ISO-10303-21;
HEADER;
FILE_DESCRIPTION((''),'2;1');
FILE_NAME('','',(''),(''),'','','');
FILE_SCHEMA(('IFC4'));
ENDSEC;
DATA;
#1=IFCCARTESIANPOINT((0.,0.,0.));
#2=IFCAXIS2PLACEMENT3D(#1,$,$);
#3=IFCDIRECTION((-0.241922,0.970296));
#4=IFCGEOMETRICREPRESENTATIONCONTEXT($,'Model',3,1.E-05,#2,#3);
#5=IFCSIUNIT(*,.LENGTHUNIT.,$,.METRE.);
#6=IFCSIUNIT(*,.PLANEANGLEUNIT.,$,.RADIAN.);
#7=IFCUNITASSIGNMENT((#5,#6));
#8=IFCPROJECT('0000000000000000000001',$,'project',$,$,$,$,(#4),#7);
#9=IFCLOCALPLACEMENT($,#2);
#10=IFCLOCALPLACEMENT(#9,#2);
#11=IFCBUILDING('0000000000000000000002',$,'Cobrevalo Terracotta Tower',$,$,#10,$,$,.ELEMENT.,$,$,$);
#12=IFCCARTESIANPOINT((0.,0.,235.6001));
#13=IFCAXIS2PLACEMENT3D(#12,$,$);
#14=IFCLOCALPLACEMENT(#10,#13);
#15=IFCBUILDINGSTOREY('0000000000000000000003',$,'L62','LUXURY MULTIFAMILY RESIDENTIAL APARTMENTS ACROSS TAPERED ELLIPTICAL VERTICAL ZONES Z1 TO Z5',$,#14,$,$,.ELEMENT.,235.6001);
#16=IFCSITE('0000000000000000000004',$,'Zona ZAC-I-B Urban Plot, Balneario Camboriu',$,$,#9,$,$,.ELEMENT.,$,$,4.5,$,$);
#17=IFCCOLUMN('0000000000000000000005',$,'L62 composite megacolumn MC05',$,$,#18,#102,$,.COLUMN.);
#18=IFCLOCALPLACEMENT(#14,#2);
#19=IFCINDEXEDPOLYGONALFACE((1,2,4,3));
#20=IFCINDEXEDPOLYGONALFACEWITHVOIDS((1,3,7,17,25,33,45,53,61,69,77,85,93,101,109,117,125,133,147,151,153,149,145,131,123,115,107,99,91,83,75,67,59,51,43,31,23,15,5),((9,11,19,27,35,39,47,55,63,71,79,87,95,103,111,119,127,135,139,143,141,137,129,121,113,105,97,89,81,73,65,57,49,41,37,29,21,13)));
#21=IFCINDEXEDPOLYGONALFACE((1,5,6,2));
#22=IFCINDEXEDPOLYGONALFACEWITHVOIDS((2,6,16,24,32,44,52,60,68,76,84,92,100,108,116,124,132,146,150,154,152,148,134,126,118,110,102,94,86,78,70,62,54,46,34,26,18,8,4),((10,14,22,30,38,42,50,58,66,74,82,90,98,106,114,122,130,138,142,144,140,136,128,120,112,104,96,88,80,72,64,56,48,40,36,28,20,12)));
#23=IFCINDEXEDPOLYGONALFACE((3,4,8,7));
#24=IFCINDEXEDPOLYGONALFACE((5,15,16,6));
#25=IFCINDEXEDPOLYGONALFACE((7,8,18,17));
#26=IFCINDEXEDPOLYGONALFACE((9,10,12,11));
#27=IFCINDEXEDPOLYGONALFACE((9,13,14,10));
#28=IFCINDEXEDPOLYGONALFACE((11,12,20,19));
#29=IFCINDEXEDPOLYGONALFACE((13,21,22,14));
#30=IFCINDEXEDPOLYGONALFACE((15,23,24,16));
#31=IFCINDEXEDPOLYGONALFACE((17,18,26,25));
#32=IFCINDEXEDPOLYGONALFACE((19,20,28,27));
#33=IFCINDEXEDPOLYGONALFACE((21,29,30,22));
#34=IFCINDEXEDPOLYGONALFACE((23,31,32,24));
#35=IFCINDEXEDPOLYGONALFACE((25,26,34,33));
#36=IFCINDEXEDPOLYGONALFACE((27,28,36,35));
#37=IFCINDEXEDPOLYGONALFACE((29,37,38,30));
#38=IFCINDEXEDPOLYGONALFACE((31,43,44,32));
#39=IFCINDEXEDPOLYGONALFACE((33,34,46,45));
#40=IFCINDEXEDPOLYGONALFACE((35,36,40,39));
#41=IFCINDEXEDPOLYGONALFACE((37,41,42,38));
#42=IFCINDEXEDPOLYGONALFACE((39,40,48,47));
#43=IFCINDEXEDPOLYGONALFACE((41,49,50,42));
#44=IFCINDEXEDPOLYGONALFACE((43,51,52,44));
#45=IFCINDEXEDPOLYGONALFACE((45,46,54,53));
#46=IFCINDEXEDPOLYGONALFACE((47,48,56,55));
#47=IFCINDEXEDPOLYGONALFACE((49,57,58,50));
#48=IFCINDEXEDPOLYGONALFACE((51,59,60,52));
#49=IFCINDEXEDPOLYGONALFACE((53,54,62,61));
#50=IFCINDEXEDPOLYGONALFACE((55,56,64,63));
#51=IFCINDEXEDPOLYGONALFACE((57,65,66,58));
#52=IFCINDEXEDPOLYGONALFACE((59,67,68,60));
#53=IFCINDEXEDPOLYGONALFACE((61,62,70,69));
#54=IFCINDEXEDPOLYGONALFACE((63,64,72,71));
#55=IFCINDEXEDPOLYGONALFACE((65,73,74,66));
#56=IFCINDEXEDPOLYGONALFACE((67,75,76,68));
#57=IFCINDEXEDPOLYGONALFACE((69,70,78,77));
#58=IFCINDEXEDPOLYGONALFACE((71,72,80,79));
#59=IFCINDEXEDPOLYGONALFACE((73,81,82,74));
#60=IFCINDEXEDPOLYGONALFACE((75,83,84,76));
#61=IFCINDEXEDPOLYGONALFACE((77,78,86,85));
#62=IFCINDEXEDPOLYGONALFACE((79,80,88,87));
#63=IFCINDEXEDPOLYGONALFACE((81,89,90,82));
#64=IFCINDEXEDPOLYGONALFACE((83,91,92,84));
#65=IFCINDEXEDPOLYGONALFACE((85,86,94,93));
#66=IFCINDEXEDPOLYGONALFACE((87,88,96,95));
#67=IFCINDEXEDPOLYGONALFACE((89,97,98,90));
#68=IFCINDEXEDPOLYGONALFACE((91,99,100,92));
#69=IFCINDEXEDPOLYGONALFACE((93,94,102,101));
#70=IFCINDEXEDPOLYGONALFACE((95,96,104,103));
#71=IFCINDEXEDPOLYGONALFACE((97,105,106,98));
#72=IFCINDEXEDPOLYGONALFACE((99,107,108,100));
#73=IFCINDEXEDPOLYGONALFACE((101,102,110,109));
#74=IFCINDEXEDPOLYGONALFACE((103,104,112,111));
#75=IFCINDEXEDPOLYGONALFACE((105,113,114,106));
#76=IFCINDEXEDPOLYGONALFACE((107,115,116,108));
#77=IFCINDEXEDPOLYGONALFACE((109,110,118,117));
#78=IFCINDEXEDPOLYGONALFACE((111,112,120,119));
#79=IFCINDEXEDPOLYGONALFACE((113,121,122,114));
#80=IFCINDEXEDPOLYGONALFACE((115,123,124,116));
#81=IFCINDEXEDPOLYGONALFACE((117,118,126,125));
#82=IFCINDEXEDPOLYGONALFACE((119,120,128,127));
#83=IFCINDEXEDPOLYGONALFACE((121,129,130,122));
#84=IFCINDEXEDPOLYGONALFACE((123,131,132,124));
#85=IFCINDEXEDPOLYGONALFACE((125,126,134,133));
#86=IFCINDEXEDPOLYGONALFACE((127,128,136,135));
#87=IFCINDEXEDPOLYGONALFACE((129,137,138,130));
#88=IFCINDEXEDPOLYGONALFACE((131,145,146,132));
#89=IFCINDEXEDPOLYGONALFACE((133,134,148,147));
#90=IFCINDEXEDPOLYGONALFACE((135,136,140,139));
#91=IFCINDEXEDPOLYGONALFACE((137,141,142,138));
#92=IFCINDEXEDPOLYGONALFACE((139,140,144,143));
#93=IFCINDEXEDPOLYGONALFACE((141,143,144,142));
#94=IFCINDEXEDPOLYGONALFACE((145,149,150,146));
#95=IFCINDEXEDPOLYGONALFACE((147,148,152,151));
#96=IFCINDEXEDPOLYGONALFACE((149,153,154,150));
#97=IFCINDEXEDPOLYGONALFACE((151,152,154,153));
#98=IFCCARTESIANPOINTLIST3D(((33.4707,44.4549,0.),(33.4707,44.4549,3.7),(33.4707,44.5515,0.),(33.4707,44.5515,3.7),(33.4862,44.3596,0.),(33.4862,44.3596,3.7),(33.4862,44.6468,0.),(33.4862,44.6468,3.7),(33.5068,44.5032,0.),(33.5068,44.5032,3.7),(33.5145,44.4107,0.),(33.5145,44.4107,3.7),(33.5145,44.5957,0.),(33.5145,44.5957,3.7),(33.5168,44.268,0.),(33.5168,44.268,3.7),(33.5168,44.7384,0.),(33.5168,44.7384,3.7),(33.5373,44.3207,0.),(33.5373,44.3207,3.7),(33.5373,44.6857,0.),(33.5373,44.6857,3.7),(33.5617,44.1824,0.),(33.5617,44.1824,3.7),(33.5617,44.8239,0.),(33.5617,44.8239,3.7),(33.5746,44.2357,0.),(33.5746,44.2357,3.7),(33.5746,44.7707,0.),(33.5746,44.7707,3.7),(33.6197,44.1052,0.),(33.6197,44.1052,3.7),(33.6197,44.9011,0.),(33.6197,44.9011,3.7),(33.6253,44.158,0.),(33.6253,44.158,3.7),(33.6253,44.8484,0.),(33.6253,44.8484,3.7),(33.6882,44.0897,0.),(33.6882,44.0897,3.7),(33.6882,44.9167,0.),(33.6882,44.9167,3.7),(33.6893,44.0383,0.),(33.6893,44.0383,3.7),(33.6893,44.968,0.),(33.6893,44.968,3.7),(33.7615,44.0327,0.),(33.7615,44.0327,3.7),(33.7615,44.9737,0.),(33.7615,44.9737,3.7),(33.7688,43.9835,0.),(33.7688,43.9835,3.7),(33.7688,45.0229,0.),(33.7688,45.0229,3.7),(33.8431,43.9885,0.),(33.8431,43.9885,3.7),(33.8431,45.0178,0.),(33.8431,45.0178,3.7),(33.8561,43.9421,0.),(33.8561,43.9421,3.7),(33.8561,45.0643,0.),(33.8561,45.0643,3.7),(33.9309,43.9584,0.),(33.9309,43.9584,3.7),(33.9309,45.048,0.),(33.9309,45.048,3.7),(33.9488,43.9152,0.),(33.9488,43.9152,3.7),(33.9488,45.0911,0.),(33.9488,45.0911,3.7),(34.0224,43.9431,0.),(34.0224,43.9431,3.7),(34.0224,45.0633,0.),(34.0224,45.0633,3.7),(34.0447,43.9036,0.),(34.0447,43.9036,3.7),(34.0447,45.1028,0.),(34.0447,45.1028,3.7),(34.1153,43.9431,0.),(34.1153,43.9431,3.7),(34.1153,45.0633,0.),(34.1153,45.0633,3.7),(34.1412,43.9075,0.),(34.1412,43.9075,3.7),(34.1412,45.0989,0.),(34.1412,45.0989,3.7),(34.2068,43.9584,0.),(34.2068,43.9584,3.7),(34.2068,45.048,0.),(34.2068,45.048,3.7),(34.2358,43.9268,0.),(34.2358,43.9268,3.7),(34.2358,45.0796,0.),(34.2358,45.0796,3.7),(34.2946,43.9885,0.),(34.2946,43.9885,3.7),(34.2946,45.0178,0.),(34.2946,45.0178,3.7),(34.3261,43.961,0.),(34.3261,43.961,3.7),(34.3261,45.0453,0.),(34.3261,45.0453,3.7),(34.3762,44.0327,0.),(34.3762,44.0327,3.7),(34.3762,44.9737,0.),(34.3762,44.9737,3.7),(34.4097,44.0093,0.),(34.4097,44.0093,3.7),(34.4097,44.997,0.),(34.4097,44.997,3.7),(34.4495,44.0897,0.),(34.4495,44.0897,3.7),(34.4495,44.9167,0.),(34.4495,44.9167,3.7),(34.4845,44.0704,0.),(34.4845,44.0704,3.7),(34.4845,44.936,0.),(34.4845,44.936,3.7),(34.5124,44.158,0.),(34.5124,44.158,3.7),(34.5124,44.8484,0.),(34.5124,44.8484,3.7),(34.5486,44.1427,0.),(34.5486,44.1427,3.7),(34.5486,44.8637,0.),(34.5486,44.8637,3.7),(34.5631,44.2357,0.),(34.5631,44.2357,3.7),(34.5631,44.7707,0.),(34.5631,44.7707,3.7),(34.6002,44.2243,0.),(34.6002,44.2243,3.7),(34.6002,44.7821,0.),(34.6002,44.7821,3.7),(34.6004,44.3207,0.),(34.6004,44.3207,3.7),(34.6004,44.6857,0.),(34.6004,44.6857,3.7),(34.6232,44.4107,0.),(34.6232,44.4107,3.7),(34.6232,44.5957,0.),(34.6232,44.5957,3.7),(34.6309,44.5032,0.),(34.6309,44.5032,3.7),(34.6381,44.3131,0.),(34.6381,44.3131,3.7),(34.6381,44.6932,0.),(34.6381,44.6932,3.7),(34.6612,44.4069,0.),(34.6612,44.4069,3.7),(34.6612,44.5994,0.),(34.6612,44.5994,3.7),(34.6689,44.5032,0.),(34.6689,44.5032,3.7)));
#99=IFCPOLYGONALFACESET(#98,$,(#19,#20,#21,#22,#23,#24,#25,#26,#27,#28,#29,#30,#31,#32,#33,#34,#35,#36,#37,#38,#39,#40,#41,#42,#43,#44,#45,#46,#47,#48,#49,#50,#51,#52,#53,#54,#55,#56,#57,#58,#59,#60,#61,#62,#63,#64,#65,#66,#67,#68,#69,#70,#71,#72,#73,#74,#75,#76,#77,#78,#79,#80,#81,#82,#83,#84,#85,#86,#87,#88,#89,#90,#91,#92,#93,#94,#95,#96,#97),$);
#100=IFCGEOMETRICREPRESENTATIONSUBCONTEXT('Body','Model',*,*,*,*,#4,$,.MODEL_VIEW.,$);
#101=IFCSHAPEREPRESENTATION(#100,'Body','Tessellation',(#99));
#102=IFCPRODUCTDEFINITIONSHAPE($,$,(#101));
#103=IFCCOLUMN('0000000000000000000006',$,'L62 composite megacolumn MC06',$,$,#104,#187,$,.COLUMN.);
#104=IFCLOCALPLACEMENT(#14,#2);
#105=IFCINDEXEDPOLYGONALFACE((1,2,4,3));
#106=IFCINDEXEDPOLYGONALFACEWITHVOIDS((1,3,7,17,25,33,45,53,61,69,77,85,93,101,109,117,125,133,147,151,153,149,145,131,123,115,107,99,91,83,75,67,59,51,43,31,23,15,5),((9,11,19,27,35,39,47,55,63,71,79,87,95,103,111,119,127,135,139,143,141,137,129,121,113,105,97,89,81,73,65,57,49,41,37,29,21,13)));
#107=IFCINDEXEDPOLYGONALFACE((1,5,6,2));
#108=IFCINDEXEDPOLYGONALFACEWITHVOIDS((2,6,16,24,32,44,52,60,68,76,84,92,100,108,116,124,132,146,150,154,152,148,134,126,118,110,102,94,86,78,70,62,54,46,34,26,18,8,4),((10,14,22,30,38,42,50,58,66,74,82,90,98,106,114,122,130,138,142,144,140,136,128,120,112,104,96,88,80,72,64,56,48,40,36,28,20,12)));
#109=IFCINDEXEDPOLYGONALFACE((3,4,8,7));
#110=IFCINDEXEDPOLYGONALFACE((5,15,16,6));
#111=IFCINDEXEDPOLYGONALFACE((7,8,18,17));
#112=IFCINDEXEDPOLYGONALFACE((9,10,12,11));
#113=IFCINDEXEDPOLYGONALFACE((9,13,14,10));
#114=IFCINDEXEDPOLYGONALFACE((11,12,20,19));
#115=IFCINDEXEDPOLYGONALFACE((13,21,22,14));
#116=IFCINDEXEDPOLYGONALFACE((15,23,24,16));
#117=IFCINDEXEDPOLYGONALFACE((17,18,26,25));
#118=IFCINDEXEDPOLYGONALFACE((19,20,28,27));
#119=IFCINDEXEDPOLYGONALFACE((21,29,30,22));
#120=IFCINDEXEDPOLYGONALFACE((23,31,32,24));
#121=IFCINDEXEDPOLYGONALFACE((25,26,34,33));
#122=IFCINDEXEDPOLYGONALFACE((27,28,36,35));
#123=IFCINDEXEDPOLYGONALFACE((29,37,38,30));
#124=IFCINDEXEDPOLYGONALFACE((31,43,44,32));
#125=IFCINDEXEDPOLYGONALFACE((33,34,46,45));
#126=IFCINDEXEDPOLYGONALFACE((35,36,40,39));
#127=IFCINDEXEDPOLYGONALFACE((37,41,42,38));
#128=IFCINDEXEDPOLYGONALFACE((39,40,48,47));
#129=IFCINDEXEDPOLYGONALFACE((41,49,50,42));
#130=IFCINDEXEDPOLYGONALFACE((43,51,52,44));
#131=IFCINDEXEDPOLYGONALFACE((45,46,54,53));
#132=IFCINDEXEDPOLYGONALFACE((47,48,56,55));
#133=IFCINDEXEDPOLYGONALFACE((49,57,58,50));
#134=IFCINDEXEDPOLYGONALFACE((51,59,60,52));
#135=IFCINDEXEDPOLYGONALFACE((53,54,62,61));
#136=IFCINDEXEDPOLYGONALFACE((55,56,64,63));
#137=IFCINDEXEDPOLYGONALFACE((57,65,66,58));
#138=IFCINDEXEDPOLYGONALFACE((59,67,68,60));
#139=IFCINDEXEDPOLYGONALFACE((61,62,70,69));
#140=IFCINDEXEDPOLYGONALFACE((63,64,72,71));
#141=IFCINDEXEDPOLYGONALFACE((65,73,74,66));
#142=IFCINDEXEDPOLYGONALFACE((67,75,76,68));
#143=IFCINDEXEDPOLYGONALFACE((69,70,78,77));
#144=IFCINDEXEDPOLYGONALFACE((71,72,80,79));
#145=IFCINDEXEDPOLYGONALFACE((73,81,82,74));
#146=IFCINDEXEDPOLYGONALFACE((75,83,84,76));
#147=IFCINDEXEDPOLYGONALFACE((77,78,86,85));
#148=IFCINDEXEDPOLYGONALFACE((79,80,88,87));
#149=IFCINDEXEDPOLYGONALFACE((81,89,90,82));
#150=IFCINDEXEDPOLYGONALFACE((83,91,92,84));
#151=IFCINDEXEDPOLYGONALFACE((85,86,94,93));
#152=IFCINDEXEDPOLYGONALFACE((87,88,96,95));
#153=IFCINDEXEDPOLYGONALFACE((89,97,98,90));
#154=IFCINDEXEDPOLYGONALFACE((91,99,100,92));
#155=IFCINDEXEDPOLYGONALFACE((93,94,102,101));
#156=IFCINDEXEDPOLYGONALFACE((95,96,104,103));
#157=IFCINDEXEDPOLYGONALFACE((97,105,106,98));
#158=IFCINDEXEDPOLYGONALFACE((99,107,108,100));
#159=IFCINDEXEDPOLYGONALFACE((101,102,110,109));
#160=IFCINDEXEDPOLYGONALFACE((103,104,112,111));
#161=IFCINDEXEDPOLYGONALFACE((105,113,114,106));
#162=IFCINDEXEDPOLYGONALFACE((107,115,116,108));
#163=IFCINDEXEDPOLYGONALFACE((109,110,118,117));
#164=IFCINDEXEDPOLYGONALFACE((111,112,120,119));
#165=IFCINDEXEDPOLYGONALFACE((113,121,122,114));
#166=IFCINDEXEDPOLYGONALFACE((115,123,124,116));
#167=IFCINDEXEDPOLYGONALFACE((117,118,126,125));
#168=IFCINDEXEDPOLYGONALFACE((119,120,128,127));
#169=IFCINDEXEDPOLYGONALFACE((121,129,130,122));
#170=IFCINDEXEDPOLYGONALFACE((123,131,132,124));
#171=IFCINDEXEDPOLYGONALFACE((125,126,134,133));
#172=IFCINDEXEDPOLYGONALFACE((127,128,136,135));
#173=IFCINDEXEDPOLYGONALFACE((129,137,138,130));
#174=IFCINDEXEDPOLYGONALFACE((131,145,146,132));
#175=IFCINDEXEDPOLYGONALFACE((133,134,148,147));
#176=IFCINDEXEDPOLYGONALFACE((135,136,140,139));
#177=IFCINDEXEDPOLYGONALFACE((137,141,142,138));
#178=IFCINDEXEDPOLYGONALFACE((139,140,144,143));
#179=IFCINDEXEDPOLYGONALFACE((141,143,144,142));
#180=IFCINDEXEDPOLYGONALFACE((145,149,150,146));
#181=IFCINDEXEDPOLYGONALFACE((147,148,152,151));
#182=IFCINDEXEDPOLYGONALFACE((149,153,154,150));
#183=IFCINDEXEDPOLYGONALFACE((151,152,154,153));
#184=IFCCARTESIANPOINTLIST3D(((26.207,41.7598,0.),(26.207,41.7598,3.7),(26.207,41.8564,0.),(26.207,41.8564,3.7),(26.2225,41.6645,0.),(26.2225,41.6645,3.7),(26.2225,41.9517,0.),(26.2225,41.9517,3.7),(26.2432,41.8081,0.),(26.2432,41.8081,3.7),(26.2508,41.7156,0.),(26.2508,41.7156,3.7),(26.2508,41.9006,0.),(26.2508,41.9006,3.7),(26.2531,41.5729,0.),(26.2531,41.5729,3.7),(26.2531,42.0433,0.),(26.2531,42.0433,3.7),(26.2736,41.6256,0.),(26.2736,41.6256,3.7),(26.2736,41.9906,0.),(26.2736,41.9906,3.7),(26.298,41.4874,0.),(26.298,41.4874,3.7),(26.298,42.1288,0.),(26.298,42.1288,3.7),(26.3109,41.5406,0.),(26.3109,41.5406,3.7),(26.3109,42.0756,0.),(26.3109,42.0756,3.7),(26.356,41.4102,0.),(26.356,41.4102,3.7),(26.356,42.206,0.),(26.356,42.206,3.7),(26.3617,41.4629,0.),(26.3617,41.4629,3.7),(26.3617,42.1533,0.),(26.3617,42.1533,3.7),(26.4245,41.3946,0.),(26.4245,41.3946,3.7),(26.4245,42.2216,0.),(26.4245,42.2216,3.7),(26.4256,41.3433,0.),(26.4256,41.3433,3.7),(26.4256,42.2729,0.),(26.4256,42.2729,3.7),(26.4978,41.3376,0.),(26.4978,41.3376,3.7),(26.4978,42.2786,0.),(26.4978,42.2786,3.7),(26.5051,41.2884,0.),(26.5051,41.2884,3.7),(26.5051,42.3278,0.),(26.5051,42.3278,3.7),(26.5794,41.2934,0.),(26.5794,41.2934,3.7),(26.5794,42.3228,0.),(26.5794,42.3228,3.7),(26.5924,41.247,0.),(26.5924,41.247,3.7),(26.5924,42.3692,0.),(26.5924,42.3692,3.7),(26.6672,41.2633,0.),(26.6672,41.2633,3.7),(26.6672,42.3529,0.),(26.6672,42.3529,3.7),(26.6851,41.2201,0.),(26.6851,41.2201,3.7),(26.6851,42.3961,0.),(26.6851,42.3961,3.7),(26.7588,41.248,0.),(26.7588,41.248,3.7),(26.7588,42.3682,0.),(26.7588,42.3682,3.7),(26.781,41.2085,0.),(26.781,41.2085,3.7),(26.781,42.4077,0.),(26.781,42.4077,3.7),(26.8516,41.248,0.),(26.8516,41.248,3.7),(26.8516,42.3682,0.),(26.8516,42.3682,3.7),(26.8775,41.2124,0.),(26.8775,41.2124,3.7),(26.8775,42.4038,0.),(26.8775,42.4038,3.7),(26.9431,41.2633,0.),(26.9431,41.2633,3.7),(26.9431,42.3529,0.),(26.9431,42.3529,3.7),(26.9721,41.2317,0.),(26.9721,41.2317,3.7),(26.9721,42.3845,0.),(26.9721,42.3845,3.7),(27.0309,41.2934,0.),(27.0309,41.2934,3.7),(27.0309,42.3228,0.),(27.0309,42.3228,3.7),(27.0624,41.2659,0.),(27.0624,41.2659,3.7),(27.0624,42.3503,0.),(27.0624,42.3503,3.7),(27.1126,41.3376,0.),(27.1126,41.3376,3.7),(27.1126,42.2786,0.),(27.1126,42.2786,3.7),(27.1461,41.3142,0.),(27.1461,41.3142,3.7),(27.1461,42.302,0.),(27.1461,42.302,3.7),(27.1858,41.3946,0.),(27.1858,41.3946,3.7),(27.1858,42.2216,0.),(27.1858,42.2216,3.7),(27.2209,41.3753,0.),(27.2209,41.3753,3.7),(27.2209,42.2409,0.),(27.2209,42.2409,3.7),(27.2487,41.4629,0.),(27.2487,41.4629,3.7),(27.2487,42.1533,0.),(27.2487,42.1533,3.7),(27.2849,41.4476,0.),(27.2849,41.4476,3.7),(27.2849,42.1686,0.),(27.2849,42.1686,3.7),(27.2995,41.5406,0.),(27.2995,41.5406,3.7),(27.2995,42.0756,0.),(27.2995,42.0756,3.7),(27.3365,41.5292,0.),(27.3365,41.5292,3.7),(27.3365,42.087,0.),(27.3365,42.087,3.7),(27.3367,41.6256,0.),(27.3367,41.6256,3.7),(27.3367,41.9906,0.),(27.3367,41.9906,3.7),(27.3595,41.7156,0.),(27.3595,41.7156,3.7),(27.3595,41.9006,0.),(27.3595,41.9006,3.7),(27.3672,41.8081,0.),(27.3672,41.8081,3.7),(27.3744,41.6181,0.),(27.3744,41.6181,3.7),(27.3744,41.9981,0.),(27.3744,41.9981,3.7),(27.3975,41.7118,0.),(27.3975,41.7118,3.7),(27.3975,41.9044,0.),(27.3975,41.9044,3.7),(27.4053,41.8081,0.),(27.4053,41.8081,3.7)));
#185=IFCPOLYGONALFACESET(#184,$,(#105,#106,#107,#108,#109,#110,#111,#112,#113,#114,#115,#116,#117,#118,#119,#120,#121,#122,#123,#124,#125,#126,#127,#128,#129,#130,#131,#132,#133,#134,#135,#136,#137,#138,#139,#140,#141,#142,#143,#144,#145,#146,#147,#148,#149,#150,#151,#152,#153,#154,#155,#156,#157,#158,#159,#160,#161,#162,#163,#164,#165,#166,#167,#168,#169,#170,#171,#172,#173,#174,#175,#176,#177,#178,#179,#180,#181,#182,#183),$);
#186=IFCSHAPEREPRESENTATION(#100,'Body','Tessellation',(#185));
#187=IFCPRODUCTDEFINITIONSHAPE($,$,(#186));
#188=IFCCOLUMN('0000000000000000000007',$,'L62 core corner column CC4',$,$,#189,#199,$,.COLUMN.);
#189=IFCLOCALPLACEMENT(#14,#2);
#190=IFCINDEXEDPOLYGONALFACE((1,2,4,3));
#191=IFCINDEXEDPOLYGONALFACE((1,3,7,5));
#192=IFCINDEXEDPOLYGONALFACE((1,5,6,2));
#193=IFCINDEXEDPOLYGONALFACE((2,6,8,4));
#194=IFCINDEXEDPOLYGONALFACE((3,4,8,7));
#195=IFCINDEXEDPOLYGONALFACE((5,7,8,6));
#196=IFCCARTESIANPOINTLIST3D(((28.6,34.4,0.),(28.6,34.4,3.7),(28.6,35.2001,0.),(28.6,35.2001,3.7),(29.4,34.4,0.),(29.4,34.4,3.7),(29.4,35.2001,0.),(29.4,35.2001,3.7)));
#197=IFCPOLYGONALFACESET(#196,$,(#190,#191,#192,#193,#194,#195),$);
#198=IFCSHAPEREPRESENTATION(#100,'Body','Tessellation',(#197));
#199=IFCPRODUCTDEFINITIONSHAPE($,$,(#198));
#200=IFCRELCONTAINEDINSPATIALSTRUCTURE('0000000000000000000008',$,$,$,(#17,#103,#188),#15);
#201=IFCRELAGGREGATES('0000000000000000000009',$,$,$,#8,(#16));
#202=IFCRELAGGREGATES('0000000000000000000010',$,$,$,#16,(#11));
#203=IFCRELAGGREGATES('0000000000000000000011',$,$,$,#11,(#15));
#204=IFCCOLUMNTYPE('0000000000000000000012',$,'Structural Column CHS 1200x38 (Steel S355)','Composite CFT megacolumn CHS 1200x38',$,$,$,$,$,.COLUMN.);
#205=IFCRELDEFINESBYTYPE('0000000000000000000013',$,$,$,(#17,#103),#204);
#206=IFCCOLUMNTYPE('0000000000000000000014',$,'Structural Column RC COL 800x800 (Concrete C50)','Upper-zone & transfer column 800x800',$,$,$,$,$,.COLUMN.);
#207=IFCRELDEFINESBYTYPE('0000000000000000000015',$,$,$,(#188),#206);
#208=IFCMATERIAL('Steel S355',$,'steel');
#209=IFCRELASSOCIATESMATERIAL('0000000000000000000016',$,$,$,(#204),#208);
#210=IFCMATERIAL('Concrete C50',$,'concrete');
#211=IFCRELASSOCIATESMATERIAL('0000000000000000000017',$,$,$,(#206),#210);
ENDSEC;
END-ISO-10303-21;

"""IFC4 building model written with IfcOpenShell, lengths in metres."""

from ifc_helpers import new_model, si_unit, direction, frame, origin, origin_2d, place, context, subcontext, project, spatial, rectangle, hollow_circle, extrude, material, material_profile, profile_set, type_object, element, save


model = new_model("IFC4")

# Units and contexts
model_context = context("Model", 3, precision=1e-05, world=origin(), true_north=direction((-0.241922, 0.970296)))
body_context = subcontext(model_context, "Body", "Model", "MODEL_VIEW")
ifc_project = project(units=[si_unit("LENGTHUNIT", "METRE"), si_unit("PLANEANGLEUNIT", "RADIAN")], contexts=[model_context])

# Site, building, storey
site_placement = place(None, origin())
site = spatial("IfcSite", under=ifc_project, at=site_placement, Name="Zona ZAC-I-B Urban Plot, Balneario Camboriu", CompositionType="ELEMENT", RefElevation=4.5)
building_placement = place(site_placement, origin())
building = spatial("IfcBuilding", under=site, at=building_placement, Name="Cobrevalo Terracotta Tower", CompositionType="ELEMENT")
storey_placement = place(building_placement, frame((0.0, 0.0, 235.6001)))
storey = spatial("IfcBuildingStorey", under=building, at=storey_placement, Name="L62", Description="LUXURY MULTIFAMILY RESIDENTIAL APARTMENTS ACROSS TAPERED ELLIPTICAL VERTICAL ZONES Z1 TO Z5", CompositionType="ELEMENT", Elevation=235.6001)

# Columns
ifc_material_1 = material(Name="Steel S355", Category="steel")
ifc_material_profile_1 = material_profile(ifc_material_1, hollow_circle(Radius=0.6001, WallThickness=0.0381, at=origin_2d()), Name="CHS 1200x38")
ifc_profile_set_1 = profile_set([ifc_material_profile_1], Name="Steel S355")
column_type_1 = type_object("IfcColumnType", Name="Structural Column CHS 1200x38 (Steel S355)", Description="Composite CFT megacolumn CHS 1200x38", PredefinedType="COLUMN", material=ifc_profile_set_1)
for number, where, z_axis, x_axis, name in (
    (1, (34.0688, 44.5032, 0.0), (0.0, 0.0, 1.0), (1.0, 0.0, 0.0), "L62 composite megacolumn MC05"),
    (2, (26.8052, 41.8081, 0.0), (0.0, 0.0, 1.0), (1.0, 0.0, 0.0), "L62 composite megacolumn MC06"),
):
    element("IfcColumn", number, at=place(storey_placement, frame(where, z_axis=z_axis, x_axis=x_axis)), inside=storey, type_object=column_type_1, Name=name, PredefinedType="COLUMN", context=body_context, shape_type="SweptSolid", body=[
        extrude(hollow_circle(Radius=0.6001, WallThickness=0.0381, at=origin_2d()), origin(), (0.0, 0.0, 1.0), 3.7),
    ])
ifc_material_2 = material(Name="Concrete C50", Category="concrete")
ifc_material_profile_2 = material_profile(ifc_material_2, rectangle(XDim=0.8, YDim=0.8, at=origin_2d()), Name="RC COL 800x800")
ifc_profile_set_2 = profile_set([ifc_material_profile_2], Name="Concrete C50")
column_type_2 = type_object("IfcColumnType", Name="Structural Column RC COL 800x800 (Concrete C50)", Description="Upper-zone & transfer column 800x800", PredefinedType="COLUMN", material=ifc_profile_set_2)
column_placement = place(storey_placement, frame((29.0, 34.8, 0.0), z_axis=(0.0, 0.0, 1.0), x_axis=(1.0, 0.0, 0.0)))
element("IfcColumn", 3, at=column_placement, inside=storey, type_object=column_type_2, Name="L62 core corner column CC4", PredefinedType="COLUMN", context=body_context, shape_type="SweptSolid", body=[
    extrude(rectangle(XDim=0.8, YDim=0.8, at=origin_2d()), origin(), (0.0, 0.0, 1.0), 3.7),
])

save(model, "model.ifc")
